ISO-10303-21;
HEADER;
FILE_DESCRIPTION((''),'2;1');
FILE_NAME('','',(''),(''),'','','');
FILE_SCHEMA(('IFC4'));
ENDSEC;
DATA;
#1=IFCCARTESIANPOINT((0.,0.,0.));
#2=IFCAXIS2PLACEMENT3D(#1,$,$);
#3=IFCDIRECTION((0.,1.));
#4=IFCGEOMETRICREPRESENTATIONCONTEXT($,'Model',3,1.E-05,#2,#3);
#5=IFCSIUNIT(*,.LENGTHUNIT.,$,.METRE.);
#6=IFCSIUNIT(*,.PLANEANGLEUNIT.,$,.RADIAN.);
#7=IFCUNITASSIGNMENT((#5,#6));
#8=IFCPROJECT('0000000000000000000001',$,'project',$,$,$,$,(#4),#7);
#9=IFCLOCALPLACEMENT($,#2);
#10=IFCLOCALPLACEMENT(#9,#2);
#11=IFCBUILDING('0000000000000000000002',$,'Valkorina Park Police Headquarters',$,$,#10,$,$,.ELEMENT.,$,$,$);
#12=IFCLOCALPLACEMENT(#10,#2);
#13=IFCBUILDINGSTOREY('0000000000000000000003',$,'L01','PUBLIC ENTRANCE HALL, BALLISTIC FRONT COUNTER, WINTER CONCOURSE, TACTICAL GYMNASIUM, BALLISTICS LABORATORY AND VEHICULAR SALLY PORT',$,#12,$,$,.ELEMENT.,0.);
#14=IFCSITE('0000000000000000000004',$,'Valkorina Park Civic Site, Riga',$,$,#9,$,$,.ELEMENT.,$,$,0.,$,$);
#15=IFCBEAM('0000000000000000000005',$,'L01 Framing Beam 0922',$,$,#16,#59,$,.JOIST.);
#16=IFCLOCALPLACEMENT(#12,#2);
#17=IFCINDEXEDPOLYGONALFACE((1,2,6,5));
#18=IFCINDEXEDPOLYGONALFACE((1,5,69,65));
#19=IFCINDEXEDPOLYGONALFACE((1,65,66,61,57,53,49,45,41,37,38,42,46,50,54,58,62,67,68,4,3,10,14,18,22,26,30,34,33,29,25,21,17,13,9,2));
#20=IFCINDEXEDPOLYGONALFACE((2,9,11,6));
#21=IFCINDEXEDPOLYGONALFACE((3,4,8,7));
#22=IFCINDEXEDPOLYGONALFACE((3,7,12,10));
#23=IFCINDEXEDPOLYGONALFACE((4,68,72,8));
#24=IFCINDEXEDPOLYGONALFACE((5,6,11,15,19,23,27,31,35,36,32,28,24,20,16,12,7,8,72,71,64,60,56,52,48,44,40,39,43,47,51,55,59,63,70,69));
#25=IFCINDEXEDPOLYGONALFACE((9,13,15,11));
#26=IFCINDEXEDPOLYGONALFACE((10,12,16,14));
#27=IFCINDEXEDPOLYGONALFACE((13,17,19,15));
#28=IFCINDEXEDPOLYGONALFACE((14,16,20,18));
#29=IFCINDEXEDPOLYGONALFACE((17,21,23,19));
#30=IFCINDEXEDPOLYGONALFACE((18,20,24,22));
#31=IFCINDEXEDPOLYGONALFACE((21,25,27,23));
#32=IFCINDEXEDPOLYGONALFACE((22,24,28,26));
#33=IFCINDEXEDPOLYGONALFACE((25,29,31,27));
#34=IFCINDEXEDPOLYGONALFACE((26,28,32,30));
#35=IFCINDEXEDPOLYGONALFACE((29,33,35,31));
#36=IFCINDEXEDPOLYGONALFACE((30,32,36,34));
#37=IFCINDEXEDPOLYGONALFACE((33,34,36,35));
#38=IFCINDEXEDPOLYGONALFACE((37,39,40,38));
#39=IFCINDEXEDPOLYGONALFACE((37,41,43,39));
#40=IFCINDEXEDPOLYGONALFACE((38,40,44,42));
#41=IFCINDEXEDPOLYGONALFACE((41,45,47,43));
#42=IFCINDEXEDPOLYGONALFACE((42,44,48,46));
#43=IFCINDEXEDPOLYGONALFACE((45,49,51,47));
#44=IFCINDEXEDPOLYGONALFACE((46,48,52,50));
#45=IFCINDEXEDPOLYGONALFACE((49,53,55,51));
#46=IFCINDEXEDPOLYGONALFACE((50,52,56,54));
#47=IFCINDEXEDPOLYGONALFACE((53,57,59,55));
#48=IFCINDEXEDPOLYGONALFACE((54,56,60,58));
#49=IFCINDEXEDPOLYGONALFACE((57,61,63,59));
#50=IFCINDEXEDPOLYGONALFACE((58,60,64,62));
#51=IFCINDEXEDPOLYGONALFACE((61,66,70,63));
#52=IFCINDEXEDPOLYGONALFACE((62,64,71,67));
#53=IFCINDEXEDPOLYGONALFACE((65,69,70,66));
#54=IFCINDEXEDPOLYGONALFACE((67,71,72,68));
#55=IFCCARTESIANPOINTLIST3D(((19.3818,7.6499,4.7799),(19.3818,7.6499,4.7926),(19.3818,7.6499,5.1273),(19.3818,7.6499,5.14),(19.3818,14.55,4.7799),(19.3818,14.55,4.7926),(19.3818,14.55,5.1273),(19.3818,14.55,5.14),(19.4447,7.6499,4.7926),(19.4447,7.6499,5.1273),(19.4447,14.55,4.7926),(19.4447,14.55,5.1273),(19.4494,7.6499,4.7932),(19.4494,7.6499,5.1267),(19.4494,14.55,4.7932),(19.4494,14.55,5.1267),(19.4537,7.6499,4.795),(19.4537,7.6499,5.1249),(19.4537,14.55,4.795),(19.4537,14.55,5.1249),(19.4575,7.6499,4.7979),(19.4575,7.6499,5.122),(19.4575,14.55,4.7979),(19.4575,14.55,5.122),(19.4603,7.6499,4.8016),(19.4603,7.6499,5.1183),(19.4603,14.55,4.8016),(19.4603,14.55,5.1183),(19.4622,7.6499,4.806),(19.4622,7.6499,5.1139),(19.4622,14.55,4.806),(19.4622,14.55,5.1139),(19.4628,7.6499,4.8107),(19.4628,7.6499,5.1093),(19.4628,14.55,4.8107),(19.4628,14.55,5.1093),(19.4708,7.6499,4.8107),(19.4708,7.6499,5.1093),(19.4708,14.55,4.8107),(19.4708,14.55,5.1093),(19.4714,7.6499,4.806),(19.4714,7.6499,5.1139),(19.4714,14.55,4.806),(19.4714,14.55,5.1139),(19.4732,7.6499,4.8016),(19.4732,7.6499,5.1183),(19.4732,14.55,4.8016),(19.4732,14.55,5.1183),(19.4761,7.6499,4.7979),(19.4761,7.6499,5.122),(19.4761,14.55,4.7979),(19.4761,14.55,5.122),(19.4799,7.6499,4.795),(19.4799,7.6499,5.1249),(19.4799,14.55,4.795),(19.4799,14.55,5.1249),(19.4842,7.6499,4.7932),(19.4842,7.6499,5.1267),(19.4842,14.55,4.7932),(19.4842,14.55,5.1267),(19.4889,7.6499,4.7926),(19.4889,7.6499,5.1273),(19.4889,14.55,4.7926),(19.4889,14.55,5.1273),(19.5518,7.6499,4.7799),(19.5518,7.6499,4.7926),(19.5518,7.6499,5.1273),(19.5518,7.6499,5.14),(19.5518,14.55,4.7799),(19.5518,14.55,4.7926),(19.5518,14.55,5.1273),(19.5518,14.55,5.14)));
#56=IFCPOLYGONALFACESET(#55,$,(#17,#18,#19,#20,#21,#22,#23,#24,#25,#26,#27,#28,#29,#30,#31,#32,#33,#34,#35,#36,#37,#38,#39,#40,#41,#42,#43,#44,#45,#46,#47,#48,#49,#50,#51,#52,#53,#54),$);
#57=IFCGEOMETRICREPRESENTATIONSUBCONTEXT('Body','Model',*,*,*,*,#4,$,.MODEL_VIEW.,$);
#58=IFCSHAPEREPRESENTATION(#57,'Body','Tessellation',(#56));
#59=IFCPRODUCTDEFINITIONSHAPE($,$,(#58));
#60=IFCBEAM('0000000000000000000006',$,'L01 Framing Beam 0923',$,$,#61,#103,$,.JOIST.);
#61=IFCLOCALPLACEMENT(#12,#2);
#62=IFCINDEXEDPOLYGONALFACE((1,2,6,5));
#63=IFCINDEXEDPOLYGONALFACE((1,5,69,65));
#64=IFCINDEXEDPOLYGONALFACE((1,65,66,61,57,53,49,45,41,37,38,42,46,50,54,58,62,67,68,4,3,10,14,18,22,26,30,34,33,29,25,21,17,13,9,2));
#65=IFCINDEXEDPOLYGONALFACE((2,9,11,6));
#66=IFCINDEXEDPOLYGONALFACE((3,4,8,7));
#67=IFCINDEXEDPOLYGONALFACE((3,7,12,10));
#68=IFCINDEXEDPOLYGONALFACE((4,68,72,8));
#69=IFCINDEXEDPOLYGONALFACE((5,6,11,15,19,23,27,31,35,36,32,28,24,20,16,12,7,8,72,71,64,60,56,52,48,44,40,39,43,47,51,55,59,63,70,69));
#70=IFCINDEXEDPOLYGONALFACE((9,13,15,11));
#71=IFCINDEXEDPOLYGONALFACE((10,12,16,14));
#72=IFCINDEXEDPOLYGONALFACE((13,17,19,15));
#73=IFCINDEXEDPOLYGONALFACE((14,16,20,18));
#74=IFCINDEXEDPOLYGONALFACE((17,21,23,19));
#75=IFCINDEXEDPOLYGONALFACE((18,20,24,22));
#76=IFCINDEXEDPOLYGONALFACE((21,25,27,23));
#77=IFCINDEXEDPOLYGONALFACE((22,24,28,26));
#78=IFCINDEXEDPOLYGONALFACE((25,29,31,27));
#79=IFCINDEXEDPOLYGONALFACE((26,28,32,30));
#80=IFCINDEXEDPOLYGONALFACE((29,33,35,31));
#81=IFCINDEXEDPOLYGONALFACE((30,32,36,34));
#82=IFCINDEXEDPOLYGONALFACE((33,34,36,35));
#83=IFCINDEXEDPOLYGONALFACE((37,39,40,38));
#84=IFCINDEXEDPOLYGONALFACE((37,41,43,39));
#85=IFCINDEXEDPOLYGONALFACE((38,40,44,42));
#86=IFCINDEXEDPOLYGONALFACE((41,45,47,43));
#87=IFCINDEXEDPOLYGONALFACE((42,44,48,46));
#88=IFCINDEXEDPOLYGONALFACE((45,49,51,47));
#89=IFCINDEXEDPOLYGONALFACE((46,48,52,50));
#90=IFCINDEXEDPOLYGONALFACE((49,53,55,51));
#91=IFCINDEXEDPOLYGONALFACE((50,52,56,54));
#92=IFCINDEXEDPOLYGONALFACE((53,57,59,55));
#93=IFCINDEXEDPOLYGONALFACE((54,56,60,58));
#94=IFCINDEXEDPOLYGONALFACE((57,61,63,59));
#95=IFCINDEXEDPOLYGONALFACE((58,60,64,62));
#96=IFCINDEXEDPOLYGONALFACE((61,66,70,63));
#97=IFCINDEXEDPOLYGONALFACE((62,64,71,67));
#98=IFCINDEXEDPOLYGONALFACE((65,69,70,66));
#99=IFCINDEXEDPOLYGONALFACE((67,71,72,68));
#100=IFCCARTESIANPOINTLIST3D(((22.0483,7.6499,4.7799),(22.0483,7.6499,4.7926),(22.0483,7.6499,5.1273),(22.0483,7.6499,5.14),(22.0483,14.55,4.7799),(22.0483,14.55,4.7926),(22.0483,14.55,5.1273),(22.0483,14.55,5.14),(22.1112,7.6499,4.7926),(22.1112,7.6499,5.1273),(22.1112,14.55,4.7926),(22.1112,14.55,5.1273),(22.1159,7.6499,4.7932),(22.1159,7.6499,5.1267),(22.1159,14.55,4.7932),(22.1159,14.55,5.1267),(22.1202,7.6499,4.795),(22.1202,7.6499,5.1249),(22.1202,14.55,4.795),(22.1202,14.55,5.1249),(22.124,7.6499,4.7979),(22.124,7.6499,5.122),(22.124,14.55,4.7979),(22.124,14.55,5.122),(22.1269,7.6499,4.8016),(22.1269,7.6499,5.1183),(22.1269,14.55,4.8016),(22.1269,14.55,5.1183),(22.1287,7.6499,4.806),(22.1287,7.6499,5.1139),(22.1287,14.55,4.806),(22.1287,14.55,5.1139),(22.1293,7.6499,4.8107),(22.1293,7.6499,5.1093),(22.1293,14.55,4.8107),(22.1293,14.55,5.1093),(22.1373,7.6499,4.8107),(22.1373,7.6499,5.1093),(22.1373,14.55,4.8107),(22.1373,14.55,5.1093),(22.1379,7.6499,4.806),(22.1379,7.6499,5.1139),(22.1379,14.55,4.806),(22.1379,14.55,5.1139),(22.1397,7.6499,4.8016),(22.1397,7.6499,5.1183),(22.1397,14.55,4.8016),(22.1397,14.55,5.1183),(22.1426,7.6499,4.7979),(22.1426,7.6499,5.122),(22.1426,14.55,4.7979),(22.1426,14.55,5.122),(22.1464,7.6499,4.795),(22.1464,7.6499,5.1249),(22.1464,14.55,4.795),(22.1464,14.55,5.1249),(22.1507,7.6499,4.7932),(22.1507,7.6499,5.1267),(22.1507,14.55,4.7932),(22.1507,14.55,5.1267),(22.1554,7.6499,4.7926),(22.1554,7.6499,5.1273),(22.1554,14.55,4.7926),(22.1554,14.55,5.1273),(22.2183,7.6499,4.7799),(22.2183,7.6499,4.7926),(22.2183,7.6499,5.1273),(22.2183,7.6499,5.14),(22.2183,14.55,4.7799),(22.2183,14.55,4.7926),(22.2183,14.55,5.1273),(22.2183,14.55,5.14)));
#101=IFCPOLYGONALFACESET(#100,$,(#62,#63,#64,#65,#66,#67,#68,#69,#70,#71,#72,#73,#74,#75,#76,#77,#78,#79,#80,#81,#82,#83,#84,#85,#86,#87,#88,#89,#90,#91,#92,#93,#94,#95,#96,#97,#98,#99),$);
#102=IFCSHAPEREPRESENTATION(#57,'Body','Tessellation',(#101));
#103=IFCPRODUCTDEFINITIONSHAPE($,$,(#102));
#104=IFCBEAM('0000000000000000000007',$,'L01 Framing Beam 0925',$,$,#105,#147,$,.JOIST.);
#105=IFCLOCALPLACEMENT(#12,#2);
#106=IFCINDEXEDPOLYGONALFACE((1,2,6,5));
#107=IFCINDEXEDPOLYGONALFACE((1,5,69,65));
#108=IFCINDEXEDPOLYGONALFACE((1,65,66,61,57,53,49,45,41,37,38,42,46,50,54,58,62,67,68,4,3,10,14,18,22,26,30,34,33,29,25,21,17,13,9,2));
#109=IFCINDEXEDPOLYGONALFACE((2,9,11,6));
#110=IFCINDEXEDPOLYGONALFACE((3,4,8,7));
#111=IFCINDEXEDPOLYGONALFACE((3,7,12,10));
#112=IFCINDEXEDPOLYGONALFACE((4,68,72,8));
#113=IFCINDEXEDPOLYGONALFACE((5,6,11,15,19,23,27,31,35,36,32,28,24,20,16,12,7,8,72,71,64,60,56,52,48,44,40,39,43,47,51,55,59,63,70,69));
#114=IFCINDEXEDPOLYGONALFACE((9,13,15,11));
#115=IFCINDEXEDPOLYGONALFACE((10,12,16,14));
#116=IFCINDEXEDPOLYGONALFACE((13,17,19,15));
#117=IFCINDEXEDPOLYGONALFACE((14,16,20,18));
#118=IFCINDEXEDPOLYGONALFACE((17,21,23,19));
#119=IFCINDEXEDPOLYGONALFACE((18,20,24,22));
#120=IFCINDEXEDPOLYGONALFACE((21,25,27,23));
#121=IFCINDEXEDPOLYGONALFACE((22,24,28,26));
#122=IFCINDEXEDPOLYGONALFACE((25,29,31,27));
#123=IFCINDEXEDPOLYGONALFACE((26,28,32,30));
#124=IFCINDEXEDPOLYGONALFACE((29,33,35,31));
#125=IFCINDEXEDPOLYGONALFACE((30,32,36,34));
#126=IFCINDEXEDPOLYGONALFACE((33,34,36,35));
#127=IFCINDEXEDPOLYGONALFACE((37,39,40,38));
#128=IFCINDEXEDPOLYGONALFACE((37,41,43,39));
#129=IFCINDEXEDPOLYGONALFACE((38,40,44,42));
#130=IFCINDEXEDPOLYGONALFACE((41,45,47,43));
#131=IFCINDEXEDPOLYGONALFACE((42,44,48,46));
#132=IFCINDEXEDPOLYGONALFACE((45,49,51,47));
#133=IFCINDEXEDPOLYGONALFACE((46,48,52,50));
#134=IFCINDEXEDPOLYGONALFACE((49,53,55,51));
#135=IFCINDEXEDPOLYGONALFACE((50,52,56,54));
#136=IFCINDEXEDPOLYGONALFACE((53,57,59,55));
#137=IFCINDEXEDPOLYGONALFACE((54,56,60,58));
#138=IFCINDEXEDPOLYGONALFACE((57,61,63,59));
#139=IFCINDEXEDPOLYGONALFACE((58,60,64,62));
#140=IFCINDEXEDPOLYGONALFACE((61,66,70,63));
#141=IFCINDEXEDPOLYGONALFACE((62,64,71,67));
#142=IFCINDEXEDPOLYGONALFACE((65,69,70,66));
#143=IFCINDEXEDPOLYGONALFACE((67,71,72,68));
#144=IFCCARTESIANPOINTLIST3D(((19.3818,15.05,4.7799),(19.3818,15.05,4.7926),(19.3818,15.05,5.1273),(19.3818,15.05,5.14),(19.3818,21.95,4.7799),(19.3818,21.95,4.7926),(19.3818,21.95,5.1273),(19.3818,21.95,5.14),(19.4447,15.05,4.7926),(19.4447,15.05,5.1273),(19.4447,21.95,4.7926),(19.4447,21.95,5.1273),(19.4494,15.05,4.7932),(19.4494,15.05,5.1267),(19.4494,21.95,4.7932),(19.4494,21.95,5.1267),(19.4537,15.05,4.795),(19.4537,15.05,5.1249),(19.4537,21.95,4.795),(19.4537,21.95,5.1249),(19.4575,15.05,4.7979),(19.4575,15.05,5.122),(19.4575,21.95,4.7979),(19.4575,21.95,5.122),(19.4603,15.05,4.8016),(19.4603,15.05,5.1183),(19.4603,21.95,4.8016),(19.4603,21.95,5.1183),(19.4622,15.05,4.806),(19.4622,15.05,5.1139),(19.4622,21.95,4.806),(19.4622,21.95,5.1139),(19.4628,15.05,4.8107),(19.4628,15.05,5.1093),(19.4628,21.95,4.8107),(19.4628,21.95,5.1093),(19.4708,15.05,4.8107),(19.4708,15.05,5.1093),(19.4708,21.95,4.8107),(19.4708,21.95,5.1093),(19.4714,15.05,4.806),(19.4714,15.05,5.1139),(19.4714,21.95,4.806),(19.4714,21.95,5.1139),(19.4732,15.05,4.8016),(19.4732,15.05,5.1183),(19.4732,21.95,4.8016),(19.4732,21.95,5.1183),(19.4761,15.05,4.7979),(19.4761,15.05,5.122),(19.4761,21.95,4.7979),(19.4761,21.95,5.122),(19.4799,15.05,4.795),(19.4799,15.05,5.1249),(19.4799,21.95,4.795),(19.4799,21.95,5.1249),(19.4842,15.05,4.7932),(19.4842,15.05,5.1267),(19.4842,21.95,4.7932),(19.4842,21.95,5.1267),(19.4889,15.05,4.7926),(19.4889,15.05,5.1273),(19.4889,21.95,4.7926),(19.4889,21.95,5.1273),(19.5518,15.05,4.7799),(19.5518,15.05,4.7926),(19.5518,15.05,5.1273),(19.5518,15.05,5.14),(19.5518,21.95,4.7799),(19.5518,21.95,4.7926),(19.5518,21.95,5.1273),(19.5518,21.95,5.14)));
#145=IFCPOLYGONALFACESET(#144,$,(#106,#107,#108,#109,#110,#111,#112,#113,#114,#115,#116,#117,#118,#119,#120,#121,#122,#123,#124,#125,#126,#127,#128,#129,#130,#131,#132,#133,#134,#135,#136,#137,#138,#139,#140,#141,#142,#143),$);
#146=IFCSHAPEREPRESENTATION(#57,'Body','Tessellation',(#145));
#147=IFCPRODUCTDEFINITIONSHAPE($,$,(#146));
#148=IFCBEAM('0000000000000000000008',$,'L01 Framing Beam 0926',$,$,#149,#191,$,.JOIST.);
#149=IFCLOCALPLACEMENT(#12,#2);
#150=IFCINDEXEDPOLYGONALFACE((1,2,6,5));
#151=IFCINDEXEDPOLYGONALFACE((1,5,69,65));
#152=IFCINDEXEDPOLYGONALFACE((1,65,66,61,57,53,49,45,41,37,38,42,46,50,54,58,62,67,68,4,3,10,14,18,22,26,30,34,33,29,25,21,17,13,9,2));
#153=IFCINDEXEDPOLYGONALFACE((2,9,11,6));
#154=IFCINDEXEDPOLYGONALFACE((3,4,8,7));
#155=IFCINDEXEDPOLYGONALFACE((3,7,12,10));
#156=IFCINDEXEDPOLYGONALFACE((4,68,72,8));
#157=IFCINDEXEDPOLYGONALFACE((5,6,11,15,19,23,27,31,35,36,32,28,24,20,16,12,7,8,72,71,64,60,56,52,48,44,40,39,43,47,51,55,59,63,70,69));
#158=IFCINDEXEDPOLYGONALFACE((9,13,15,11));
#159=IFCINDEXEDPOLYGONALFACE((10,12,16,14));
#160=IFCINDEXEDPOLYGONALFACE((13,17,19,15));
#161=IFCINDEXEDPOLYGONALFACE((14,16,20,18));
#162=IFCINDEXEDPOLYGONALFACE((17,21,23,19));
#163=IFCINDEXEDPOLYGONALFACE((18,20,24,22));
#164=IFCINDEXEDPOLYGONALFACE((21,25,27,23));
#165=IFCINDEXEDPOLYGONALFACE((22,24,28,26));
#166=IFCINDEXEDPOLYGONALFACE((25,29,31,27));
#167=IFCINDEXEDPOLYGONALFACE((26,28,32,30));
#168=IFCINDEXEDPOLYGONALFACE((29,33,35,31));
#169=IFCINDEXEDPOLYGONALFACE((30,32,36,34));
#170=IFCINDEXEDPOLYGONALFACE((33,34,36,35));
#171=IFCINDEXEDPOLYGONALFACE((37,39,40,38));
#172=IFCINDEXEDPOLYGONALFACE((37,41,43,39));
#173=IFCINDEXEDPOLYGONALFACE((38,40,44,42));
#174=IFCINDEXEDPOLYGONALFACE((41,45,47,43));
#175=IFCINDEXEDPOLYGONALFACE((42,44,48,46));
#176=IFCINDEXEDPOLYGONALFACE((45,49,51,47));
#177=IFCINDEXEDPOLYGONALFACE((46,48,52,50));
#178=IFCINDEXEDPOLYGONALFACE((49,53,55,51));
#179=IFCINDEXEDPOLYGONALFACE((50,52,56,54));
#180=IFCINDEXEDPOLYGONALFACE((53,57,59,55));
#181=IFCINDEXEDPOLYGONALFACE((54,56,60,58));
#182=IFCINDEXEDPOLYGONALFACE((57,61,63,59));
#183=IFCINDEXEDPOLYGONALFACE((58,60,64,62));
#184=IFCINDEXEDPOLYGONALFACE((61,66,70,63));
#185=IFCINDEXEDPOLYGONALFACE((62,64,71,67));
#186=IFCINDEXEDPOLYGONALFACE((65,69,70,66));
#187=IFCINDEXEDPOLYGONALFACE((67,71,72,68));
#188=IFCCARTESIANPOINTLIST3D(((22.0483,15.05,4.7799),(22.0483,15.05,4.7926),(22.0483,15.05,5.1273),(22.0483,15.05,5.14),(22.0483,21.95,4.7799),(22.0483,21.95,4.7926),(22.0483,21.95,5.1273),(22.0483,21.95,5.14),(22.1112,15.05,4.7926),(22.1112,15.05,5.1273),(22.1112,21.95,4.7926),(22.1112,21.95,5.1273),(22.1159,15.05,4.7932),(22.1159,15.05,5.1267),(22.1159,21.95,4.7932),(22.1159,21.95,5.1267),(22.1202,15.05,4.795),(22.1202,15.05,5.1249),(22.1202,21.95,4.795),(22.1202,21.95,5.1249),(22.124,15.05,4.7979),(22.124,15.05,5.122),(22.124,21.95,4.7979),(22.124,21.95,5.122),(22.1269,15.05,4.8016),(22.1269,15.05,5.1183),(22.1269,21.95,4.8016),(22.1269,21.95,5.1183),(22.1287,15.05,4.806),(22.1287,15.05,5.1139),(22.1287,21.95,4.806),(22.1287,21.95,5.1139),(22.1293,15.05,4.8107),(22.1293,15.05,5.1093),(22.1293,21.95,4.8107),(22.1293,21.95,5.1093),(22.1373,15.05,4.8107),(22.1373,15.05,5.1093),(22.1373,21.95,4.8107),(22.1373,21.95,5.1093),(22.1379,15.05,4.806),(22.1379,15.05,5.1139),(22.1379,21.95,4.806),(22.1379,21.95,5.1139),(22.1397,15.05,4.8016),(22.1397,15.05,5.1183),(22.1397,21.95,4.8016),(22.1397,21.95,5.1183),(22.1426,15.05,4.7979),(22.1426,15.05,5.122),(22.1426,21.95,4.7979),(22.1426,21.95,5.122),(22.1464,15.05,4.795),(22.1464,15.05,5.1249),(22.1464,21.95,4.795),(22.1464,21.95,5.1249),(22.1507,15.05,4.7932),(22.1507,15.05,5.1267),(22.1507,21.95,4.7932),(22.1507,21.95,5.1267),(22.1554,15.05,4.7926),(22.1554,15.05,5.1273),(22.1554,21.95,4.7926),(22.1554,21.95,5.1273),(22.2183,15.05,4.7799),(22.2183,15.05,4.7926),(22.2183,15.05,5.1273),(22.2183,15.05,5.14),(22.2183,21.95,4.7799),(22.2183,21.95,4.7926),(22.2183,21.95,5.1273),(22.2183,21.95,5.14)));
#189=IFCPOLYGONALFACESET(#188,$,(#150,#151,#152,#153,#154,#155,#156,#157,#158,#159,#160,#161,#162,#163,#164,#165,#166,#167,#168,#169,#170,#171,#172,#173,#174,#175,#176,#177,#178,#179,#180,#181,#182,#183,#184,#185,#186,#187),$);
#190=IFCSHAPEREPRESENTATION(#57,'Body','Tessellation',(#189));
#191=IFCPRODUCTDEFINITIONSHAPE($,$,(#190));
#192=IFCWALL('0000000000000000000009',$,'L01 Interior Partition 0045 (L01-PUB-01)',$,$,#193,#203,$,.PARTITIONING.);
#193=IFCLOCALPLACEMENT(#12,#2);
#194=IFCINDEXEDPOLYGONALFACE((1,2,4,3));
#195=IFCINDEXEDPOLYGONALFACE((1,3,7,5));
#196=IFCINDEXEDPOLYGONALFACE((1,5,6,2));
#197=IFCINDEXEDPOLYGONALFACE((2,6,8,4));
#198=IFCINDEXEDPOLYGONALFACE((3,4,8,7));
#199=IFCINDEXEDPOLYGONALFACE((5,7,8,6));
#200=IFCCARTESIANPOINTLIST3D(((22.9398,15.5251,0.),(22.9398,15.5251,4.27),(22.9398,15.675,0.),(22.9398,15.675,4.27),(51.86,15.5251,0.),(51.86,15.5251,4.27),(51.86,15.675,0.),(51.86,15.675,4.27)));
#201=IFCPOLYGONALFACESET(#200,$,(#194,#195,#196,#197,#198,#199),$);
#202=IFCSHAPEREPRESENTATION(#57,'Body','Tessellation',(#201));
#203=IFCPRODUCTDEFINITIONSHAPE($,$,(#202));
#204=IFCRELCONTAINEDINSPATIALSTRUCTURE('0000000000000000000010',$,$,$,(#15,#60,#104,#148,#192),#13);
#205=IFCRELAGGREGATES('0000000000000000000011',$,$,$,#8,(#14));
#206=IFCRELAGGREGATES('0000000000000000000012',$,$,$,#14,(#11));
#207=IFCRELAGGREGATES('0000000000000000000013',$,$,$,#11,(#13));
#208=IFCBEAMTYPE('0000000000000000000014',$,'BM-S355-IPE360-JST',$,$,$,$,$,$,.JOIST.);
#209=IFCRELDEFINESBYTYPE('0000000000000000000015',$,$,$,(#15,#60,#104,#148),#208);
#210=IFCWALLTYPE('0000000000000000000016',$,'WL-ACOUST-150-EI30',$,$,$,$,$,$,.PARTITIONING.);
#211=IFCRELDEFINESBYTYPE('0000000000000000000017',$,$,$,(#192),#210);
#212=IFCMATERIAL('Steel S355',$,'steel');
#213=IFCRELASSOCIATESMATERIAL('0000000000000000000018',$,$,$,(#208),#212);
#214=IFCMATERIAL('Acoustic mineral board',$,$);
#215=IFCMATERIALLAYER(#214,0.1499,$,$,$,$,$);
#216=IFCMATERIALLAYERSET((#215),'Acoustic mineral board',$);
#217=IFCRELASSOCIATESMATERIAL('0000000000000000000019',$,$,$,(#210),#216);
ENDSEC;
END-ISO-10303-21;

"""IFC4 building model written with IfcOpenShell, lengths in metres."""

from ifc_helpers import new_model, si_unit, direction, frame, frame_2d, origin, origin_2d, place, context, subcontext, project, spatial, rectangle, i_section, extrude, material, layer, layer_set, material_profile, profile_set, type_object, element, save


model = new_model("IFC4")

# Units and contexts
model_context = context("Model", 3, precision=1e-05, world=origin(), true_north=direction((0.0, 1.0)))
body_context = subcontext(model_context, "Body", "Model", "MODEL_VIEW")
ifc_project = project(units=[si_unit("LENGTHUNIT", "METRE"), si_unit("PLANEANGLEUNIT", "RADIAN")], contexts=[model_context])

# Site, building, storey
site_placement = place(None, origin())
site = spatial("IfcSite", under=ifc_project, at=site_placement, Name="Valkorina Park Civic Site, Riga", CompositionType="ELEMENT", RefElevation=0.0)
building_placement = place(site_placement, origin())
building = spatial("IfcBuilding", under=site, at=building_placement, Name="Valkorina Park Police Headquarters", CompositionType="ELEMENT")
storey_placement = place(building_placement, origin())
storey = spatial("IfcBuildingStorey", under=building, at=storey_placement, Name="L01", Description="PUBLIC ENTRANCE HALL, BALLISTIC FRONT COUNTER, WINTER CONCOURSE, TACTICAL GYMNASIUM, BALLISTICS LABORATORY AND VEHICULAR SALLY PORT", CompositionType="ELEMENT", Elevation=0.0)

# Beams
ifc_material_1 = material(Name="Steel S355", Category="steel")
ifc_material_profile_1 = material_profile(ifc_material_1, i_section(OverallWidth=0.1699, OverallDepth=0.3601, WebThickness=0.0081, FlangeThickness=0.0127, FilletRadius=0.0181, at=origin_2d()), Name="IPE 360")
ifc_profile_set_1 = profile_set([ifc_material_profile_1], Name="Steel S355")
beam_type_1 = type_object("IfcBeamType", Name="BM-S355-IPE360-JST", PredefinedType="JOIST", material=ifc_profile_set_1)
for number, where, z_axis, x_axis, name in (
    (1, (19.4668, 7.6499, 4.96), (0.0, 1.0, 0.0), (-1.0, 0.0, 0.0), "L01 Framing Beam 0922"),
    (2, (22.1333, 7.6499, 4.96), (0.0, 1.0, 0.0), (-1.0, 0.0, 0.0), "L01 Framing Beam 0923"),
):
    element("IfcBeam", number, at=place(storey_placement, frame(where, z_axis=z_axis, x_axis=x_axis)), inside=storey, type_object=beam_type_1, Name=name, PredefinedType="JOIST", context=body_context, shape_type="SweptSolid", body=[
        extrude(i_section(OverallWidth=0.1699, OverallDepth=0.3601, WebThickness=0.0081, FlangeThickness=0.0127, FilletRadius=0.0181, at=origin_2d()), origin(), (0.0, 0.0, 1.0), 6.9001),
    ])
for number, where, z_axis, x_axis, name in (
    (3, (19.4668, 15.05, 4.96), (0.0, 1.0, 0.0), (-1.0, 0.0, 0.0), "L01 Framing Beam 0925"),
    (4, (22.1333, 15.05, 4.96), (0.0, 1.0, 0.0), (-1.0, 0.0, 0.0), "L01 Framing Beam 0926"),
):
    element("IfcBeam", number, at=place(storey_placement, frame(where, z_axis=z_axis, x_axis=x_axis)), inside=storey, type_object=beam_type_1, Name=name, PredefinedType="JOIST", context=body_context, shape_type="SweptSolid", body=[
        extrude(i_section(OverallWidth=0.1699, OverallDepth=0.3601, WebThickness=0.0081, FlangeThickness=0.0127, FilletRadius=0.0181, at=origin_2d()), origin(), (0.0, 0.0, 1.0), 6.8999),
    ])

# Wall
ifc_material_2 = material(Name="Acoustic mineral board")
ifc_layer_1 = layer(ifc_material_2, 0.1499)
ifc_layer_set_1 = layer_set([ifc_layer_1], Name="Acoustic mineral board")
wall_type = type_object("IfcWallType", Name="WL-ACOUST-150-EI30", PredefinedType="PARTITIONING", material=ifc_layer_set_1)
wall_1_placement = place(storey_placement, frame((22.9399, 15.6001, 0.0), z_axis=(0.0, 0.0, 1.0), x_axis=(1.0, 0.0, 0.0)))
element("IfcWall", 5, at=wall_1_placement, inside=storey, type_object=wall_type, Name="L01 Interior Partition 0045 (L01-PUB-01)", PredefinedType="PARTITIONING", context=body_context, shape_type="SweptSolid", body=[
    extrude(rectangle(XDim=28.9202, YDim=0.1499, at=frame_2d((14.46, 0.0))), origin(), (0.0, 0.0, 1.0), 4.27),
])

save(model, "model.ifc")
